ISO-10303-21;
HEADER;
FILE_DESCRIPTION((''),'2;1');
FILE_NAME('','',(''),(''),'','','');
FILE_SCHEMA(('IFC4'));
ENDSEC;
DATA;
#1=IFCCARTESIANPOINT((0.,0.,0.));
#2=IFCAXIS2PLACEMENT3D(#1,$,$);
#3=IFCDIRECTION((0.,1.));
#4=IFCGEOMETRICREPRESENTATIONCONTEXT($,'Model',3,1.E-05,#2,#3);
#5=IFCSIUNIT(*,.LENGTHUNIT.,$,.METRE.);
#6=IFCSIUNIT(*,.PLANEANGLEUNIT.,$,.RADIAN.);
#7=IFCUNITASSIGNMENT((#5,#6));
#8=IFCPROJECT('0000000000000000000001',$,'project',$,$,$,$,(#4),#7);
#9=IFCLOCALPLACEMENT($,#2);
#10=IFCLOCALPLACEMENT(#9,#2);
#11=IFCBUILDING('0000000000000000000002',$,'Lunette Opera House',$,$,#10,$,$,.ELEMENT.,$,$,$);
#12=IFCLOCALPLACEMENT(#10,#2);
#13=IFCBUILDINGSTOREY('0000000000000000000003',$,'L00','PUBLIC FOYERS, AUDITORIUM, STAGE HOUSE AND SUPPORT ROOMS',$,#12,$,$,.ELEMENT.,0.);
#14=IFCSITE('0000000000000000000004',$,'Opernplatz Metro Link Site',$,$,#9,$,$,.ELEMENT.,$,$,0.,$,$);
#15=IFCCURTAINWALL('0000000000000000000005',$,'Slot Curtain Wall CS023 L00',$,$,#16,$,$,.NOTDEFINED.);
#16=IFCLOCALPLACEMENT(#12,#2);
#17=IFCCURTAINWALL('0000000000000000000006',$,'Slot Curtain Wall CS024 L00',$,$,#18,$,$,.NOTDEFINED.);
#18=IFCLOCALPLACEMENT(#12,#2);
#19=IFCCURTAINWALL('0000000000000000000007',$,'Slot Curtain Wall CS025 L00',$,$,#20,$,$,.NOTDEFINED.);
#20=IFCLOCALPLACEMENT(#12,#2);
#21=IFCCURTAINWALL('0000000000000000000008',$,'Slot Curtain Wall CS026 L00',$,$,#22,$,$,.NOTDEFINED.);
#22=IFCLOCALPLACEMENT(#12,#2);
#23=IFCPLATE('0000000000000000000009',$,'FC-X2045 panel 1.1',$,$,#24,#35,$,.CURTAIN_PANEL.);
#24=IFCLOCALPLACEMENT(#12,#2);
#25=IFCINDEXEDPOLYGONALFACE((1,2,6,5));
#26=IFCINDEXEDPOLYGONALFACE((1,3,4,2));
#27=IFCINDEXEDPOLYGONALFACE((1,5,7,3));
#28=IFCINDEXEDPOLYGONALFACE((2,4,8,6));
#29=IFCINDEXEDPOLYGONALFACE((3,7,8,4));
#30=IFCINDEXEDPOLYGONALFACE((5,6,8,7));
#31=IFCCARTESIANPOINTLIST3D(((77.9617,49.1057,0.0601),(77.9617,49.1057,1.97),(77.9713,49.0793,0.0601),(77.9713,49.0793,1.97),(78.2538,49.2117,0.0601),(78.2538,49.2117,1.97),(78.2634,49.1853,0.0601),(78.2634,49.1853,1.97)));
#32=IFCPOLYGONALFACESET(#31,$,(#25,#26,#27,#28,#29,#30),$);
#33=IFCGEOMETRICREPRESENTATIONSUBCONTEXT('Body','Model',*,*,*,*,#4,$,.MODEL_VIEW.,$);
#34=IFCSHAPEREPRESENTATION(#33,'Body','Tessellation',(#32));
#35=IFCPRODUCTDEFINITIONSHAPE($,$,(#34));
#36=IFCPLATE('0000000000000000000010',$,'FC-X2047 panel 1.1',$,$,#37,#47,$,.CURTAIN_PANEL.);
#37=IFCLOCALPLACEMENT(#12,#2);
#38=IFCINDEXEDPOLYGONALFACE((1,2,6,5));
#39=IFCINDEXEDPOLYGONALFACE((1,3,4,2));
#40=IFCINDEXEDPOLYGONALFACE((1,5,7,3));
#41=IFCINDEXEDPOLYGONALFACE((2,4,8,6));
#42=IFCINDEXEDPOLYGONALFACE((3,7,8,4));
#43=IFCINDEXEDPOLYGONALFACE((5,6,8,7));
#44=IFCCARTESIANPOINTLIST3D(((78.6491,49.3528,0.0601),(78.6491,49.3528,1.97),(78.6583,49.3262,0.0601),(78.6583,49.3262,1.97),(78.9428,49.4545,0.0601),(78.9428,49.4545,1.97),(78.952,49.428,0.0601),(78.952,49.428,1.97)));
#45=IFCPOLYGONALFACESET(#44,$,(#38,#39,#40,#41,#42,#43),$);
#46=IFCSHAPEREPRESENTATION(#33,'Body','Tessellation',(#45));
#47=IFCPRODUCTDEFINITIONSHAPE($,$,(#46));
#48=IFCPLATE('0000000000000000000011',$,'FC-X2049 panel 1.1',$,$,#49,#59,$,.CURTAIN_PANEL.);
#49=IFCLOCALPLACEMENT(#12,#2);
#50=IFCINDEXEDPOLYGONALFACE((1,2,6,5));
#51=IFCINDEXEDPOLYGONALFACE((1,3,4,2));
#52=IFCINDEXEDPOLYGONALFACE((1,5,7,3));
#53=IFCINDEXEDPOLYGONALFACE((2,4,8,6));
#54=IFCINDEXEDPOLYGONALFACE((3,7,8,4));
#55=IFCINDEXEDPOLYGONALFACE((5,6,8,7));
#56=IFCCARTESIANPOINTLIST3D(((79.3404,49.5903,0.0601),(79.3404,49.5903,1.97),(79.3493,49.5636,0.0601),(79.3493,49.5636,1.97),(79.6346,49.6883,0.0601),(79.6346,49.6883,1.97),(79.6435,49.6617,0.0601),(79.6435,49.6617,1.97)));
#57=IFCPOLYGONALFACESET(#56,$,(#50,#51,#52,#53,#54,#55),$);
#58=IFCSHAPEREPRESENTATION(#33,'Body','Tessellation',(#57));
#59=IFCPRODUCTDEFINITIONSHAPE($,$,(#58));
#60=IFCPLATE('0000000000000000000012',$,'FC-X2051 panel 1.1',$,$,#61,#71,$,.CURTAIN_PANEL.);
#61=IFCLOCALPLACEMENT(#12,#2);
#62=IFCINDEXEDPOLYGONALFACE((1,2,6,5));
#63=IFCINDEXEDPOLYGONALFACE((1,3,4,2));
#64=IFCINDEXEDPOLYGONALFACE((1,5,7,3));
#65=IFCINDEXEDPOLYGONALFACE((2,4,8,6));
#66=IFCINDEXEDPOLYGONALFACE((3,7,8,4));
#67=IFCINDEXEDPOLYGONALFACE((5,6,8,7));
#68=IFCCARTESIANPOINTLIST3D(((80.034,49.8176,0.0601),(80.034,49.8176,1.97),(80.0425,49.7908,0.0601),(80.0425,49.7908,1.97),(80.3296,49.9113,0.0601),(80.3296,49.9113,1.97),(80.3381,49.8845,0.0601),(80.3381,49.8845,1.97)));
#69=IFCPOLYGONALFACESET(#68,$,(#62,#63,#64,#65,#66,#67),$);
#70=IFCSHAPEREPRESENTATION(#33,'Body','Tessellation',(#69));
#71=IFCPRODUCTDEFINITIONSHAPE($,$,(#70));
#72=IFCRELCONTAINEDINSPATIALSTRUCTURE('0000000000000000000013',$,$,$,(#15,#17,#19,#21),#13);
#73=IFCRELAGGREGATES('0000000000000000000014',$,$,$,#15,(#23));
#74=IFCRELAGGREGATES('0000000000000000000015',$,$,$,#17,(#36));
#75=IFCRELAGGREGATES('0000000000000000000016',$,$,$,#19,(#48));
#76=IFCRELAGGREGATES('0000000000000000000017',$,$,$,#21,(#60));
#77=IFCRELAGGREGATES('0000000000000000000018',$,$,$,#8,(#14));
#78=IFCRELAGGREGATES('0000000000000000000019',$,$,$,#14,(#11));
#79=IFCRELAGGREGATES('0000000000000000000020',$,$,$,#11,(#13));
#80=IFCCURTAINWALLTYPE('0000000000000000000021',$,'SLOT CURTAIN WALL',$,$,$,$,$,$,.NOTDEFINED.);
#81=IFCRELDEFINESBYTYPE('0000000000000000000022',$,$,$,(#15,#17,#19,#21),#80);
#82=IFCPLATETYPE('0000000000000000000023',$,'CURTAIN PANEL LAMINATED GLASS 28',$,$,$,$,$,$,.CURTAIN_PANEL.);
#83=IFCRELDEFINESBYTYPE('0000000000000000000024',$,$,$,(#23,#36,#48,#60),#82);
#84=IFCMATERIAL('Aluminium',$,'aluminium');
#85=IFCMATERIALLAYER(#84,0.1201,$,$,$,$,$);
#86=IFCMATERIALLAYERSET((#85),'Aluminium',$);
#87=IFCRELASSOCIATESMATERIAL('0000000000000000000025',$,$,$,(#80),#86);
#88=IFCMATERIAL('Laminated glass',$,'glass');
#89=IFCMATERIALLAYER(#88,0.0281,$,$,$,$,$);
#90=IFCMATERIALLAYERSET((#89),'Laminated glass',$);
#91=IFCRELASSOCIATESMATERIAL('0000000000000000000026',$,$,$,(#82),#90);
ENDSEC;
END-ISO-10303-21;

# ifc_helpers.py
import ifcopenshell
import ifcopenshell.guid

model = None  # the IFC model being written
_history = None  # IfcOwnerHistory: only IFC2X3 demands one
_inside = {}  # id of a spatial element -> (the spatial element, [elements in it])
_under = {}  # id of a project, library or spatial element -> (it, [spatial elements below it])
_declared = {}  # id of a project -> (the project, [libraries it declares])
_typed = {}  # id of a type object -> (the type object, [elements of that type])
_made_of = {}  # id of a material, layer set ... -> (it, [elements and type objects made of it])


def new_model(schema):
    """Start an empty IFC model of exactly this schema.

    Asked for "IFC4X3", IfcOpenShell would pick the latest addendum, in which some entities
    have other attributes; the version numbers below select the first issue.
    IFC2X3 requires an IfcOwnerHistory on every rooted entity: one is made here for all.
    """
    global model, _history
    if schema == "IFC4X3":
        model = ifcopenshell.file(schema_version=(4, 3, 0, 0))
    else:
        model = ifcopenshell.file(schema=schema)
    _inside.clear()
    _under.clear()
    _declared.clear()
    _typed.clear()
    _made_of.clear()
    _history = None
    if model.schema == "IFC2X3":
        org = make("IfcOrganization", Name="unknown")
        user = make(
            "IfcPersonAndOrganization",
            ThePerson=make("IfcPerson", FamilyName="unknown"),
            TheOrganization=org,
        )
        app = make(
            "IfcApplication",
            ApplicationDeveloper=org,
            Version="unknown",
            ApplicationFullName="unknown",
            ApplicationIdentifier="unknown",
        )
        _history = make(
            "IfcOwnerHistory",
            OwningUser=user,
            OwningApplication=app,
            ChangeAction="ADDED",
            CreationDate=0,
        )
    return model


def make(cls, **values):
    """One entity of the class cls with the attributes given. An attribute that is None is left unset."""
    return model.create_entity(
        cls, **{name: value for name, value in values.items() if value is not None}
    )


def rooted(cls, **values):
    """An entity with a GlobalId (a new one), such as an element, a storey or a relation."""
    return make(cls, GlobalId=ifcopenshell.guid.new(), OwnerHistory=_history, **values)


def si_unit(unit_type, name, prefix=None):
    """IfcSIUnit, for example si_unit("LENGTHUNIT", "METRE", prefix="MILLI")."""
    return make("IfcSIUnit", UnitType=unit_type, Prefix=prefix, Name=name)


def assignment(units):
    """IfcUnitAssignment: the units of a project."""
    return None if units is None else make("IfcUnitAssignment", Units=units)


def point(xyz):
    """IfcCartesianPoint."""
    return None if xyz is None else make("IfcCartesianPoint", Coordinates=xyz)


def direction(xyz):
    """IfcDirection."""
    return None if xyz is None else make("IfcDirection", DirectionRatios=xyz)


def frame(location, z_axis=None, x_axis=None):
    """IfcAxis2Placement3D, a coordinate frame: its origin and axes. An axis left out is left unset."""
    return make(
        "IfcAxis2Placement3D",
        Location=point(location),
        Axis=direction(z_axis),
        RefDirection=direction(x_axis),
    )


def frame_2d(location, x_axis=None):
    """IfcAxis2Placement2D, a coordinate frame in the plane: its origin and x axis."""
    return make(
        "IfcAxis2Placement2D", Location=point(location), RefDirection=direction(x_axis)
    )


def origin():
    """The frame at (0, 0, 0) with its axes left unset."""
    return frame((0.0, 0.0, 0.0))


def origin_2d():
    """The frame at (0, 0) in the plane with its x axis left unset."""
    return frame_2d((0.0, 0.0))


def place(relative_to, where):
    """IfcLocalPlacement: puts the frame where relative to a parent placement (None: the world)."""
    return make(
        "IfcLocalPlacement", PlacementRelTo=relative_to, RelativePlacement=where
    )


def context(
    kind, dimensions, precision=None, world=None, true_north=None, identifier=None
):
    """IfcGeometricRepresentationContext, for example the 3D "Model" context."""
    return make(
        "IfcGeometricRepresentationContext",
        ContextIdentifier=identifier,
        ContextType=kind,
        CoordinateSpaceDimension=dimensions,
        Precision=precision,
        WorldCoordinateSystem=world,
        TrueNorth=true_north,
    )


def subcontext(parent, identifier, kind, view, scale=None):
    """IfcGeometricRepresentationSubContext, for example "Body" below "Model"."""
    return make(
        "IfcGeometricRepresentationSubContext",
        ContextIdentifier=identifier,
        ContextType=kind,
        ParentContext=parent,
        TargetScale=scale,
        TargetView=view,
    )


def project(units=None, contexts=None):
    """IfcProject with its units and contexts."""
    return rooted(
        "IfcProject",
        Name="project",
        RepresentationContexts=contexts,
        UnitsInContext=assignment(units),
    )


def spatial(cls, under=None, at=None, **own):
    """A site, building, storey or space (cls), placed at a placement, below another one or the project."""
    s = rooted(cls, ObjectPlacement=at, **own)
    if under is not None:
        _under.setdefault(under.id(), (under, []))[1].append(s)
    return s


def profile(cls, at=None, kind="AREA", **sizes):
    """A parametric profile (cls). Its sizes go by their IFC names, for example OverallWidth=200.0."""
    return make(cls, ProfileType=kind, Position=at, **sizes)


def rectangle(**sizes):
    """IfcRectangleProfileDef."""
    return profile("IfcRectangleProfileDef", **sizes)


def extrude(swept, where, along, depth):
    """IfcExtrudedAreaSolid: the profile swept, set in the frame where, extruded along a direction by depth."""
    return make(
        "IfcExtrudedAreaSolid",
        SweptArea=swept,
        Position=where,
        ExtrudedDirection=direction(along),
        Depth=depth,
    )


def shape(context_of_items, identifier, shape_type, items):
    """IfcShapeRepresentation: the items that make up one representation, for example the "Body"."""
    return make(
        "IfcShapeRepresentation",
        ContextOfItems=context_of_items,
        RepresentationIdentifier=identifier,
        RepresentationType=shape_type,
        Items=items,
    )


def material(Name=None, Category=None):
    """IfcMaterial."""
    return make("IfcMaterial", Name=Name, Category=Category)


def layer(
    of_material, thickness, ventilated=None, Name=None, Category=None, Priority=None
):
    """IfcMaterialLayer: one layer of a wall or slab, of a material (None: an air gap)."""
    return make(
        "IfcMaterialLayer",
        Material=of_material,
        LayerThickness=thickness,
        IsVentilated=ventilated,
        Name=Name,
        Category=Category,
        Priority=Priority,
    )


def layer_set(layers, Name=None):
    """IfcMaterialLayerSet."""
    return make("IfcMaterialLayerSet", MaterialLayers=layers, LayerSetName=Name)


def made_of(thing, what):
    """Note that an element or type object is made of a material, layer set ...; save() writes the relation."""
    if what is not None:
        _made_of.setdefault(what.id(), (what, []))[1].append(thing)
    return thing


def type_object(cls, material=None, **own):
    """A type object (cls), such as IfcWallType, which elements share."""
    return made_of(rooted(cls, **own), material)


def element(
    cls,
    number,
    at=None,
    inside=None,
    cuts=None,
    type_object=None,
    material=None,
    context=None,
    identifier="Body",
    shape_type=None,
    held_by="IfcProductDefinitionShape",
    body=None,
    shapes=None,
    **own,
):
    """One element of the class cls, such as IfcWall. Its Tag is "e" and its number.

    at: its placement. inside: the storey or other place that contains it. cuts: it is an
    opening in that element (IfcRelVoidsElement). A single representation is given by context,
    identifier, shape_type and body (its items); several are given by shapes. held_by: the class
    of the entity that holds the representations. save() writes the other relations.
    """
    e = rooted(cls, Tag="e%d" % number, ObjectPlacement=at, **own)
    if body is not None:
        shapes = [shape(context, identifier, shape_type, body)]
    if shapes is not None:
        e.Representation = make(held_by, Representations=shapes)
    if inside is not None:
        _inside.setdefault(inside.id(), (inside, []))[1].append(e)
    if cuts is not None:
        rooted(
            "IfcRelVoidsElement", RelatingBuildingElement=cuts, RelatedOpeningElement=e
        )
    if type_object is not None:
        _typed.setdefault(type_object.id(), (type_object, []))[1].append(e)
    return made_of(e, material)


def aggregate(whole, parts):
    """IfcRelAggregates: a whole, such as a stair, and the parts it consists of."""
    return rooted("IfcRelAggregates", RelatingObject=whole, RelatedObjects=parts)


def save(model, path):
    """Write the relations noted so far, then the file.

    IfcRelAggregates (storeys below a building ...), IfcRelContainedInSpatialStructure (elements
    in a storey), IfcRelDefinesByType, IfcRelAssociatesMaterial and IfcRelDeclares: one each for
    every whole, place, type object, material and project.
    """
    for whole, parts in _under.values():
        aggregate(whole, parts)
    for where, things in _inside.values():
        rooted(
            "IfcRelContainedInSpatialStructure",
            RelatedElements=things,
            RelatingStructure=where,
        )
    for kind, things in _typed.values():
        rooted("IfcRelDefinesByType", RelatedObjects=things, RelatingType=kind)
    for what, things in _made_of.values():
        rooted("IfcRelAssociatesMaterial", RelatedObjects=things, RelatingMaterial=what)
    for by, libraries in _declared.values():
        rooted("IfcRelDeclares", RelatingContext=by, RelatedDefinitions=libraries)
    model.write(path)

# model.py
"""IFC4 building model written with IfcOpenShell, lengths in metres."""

from ifc_helpers import new_model, si_unit, direction, frame, origin, origin_2d, place, context, subcontext, project, spatial, rectangle, extrude, material, layer, layer_set, type_object, element, aggregate, save


model = new_model("IFC4")

# Units and contexts
model_context = context("Model", 3, precision=1e-05, world=origin(), true_north=direction((0.0, 1.0)))
body_context = subcontext(model_context, "Body", "Model", "MODEL_VIEW")
ifc_project = project(units=[si_unit("LENGTHUNIT", "METRE"), si_unit("PLANEANGLEUNIT", "RADIAN")], contexts=[model_context])

# Site, building, storey
site_placement = place(None, origin())
site = spatial("IfcSite", under=ifc_project, at=site_placement, Name="Opernplatz Metro Link Site", CompositionType="ELEMENT", RefElevation=0.0)
building_placement = place(site_placement, origin())
building = spatial("IfcBuilding", under=site, at=building_placement, Name="Lunette Opera House", CompositionType="ELEMENT")
storey_placement = place(building_placement, origin())
storey = spatial("IfcBuildingStorey", under=building, at=storey_placement, Name="L00", Description="PUBLIC FOYERS, AUDITORIUM, STAGE HOUSE AND SUPPORT ROOMS", CompositionType="ELEMENT", Elevation=0.0)

# Shared definitions
ifc_material_1 = material(Name="Aluminium", Category="aluminium")
ifc_layer_1 = layer(ifc_material_1, 0.1201)
ifc_layer_set_1 = layer_set([ifc_layer_1], Name="Aluminium")
curtain_wall_type = type_object("IfcCurtainWallType", Name="SLOT CURTAIN WALL", PredefinedType="NOTDEFINED", material=ifc_layer_set_1)

# Curtain walls
curtain_wall_1_placement = place(storey_placement, origin())
curtain_wall_1 = element("IfcCurtainWall", 1, at=curtain_wall_1_placement, inside=storey, type_object=curtain_wall_type, Name="Slot Curtain Wall CS023 L00", PredefinedType="NOTDEFINED")
curtain_wall_2_placement = place(storey_placement, origin())
curtain_wall_2 = element("IfcCurtainWall", 2, at=curtain_wall_2_placement, inside=storey, type_object=curtain_wall_type, Name="Slot Curtain Wall CS024 L00", PredefinedType="NOTDEFINED")
curtain_wall_3_placement = place(storey_placement, origin())
curtain_wall_3 = element("IfcCurtainWall", 3, at=curtain_wall_3_placement, inside=storey, type_object=curtain_wall_type, Name="Slot Curtain Wall CS025 L00", PredefinedType="NOTDEFINED")
curtain_wall_4_placement = place(storey_placement, origin())
curtain_wall_4 = element("IfcCurtainWall", 4, at=curtain_wall_4_placement, inside=storey, type_object=curtain_wall_type, Name="Slot Curtain Wall CS026 L00", PredefinedType="NOTDEFINED")

# Plates
ifc_material_2 = material(Name="Laminated glass", Category="glass")
ifc_layer_2 = layer(ifc_material_2, 0.0281)
ifc_layer_set_2 = layer_set([ifc_layer_2], Name="Laminated glass")
plate_type = type_object("IfcPlateType", Name="CURTAIN PANEL LAMINATED GLASS 28", PredefinedType="CURTAIN_PANEL", material=ifc_layer_set_2)
plate_1_placement = place(storey_placement, frame((78.1125, 49.1455, 0.0601), z_axis=(0.0, 0.0, 1.0), x_axis=(0.939997, 0.341184, 0.0)))
plate_1 = element("IfcPlate", 5, at=plate_1_placement, type_object=plate_type, Name="FC-X2045 panel 1.1", PredefinedType="CURTAIN_PANEL", context=body_context, shape_type="SweptSolid", body=[
    extrude(rectangle(XDim=0.3108, YDim=0.0281, at=origin_2d()), origin(), (0.0, 0.0, 1.0), 1.9099),
])
aggregate(curtain_wall_1, [plate_1])
plate_2_placement = place(storey_placement, frame((78.8005, 49.3904, 0.0601), z_axis=(0.0, 0.0, 1.0), x_axis=(0.944903, 0.32735, 0.0)))
plate_2 = element("IfcPlate", 6, at=plate_2_placement, type_object=plate_type, Name="FC-X2047 panel 1.1", PredefinedType="CURTAIN_PANEL", context=body_context, shape_type="SweptSolid", body=[
    extrude(rectangle(XDim=0.3108, YDim=0.0281, at=origin_2d()), origin(), (0.0, 0.0, 1.0), 1.9099),
])
aggregate(curtain_wall_2, [plate_2])
plate_3_placement = place(storey_placement, frame((79.4919, 49.626, 0.0601), z_axis=(0.0, 0.0, 1.0), x_axis=(0.948683, 0.316228, 0.0)))
plate_3 = element("IfcPlate", 7, at=plate_3_placement, type_object=plate_type, Name="FC-X2049 panel 1.1", PredefinedType="CURTAIN_PANEL", context=body_context, shape_type="SweptSolid", body=[
    extrude(rectangle(XDim=0.3101, YDim=0.0281, at=origin_2d()), origin(), (0.0, 0.0, 1.0), 1.9099),
])
aggregate(curtain_wall_3, [plate_3])
plate_4_placement = place(storey_placement, frame((80.186, 49.8511, 0.0601), z_axis=(0.0, 0.0, 1.0), x_axis=(0.953231, 0.302244, 0.0)))
plate_4 = element("IfcPlate", 8, at=plate_4_placement, type_object=plate_type, Name="FC-X2051 panel 1.1", PredefinedType="CURTAIN_PANEL", context=body_context, shape_type="SweptSolid", body=[
    extrude(rectangle(XDim=0.3101, YDim=0.0281, at=origin_2d()), origin(), (0.0, 0.0, 1.0), 1.9099),
])
aggregate(curtain_wall_4, [plate_4])

save(model, "model.ifc")
